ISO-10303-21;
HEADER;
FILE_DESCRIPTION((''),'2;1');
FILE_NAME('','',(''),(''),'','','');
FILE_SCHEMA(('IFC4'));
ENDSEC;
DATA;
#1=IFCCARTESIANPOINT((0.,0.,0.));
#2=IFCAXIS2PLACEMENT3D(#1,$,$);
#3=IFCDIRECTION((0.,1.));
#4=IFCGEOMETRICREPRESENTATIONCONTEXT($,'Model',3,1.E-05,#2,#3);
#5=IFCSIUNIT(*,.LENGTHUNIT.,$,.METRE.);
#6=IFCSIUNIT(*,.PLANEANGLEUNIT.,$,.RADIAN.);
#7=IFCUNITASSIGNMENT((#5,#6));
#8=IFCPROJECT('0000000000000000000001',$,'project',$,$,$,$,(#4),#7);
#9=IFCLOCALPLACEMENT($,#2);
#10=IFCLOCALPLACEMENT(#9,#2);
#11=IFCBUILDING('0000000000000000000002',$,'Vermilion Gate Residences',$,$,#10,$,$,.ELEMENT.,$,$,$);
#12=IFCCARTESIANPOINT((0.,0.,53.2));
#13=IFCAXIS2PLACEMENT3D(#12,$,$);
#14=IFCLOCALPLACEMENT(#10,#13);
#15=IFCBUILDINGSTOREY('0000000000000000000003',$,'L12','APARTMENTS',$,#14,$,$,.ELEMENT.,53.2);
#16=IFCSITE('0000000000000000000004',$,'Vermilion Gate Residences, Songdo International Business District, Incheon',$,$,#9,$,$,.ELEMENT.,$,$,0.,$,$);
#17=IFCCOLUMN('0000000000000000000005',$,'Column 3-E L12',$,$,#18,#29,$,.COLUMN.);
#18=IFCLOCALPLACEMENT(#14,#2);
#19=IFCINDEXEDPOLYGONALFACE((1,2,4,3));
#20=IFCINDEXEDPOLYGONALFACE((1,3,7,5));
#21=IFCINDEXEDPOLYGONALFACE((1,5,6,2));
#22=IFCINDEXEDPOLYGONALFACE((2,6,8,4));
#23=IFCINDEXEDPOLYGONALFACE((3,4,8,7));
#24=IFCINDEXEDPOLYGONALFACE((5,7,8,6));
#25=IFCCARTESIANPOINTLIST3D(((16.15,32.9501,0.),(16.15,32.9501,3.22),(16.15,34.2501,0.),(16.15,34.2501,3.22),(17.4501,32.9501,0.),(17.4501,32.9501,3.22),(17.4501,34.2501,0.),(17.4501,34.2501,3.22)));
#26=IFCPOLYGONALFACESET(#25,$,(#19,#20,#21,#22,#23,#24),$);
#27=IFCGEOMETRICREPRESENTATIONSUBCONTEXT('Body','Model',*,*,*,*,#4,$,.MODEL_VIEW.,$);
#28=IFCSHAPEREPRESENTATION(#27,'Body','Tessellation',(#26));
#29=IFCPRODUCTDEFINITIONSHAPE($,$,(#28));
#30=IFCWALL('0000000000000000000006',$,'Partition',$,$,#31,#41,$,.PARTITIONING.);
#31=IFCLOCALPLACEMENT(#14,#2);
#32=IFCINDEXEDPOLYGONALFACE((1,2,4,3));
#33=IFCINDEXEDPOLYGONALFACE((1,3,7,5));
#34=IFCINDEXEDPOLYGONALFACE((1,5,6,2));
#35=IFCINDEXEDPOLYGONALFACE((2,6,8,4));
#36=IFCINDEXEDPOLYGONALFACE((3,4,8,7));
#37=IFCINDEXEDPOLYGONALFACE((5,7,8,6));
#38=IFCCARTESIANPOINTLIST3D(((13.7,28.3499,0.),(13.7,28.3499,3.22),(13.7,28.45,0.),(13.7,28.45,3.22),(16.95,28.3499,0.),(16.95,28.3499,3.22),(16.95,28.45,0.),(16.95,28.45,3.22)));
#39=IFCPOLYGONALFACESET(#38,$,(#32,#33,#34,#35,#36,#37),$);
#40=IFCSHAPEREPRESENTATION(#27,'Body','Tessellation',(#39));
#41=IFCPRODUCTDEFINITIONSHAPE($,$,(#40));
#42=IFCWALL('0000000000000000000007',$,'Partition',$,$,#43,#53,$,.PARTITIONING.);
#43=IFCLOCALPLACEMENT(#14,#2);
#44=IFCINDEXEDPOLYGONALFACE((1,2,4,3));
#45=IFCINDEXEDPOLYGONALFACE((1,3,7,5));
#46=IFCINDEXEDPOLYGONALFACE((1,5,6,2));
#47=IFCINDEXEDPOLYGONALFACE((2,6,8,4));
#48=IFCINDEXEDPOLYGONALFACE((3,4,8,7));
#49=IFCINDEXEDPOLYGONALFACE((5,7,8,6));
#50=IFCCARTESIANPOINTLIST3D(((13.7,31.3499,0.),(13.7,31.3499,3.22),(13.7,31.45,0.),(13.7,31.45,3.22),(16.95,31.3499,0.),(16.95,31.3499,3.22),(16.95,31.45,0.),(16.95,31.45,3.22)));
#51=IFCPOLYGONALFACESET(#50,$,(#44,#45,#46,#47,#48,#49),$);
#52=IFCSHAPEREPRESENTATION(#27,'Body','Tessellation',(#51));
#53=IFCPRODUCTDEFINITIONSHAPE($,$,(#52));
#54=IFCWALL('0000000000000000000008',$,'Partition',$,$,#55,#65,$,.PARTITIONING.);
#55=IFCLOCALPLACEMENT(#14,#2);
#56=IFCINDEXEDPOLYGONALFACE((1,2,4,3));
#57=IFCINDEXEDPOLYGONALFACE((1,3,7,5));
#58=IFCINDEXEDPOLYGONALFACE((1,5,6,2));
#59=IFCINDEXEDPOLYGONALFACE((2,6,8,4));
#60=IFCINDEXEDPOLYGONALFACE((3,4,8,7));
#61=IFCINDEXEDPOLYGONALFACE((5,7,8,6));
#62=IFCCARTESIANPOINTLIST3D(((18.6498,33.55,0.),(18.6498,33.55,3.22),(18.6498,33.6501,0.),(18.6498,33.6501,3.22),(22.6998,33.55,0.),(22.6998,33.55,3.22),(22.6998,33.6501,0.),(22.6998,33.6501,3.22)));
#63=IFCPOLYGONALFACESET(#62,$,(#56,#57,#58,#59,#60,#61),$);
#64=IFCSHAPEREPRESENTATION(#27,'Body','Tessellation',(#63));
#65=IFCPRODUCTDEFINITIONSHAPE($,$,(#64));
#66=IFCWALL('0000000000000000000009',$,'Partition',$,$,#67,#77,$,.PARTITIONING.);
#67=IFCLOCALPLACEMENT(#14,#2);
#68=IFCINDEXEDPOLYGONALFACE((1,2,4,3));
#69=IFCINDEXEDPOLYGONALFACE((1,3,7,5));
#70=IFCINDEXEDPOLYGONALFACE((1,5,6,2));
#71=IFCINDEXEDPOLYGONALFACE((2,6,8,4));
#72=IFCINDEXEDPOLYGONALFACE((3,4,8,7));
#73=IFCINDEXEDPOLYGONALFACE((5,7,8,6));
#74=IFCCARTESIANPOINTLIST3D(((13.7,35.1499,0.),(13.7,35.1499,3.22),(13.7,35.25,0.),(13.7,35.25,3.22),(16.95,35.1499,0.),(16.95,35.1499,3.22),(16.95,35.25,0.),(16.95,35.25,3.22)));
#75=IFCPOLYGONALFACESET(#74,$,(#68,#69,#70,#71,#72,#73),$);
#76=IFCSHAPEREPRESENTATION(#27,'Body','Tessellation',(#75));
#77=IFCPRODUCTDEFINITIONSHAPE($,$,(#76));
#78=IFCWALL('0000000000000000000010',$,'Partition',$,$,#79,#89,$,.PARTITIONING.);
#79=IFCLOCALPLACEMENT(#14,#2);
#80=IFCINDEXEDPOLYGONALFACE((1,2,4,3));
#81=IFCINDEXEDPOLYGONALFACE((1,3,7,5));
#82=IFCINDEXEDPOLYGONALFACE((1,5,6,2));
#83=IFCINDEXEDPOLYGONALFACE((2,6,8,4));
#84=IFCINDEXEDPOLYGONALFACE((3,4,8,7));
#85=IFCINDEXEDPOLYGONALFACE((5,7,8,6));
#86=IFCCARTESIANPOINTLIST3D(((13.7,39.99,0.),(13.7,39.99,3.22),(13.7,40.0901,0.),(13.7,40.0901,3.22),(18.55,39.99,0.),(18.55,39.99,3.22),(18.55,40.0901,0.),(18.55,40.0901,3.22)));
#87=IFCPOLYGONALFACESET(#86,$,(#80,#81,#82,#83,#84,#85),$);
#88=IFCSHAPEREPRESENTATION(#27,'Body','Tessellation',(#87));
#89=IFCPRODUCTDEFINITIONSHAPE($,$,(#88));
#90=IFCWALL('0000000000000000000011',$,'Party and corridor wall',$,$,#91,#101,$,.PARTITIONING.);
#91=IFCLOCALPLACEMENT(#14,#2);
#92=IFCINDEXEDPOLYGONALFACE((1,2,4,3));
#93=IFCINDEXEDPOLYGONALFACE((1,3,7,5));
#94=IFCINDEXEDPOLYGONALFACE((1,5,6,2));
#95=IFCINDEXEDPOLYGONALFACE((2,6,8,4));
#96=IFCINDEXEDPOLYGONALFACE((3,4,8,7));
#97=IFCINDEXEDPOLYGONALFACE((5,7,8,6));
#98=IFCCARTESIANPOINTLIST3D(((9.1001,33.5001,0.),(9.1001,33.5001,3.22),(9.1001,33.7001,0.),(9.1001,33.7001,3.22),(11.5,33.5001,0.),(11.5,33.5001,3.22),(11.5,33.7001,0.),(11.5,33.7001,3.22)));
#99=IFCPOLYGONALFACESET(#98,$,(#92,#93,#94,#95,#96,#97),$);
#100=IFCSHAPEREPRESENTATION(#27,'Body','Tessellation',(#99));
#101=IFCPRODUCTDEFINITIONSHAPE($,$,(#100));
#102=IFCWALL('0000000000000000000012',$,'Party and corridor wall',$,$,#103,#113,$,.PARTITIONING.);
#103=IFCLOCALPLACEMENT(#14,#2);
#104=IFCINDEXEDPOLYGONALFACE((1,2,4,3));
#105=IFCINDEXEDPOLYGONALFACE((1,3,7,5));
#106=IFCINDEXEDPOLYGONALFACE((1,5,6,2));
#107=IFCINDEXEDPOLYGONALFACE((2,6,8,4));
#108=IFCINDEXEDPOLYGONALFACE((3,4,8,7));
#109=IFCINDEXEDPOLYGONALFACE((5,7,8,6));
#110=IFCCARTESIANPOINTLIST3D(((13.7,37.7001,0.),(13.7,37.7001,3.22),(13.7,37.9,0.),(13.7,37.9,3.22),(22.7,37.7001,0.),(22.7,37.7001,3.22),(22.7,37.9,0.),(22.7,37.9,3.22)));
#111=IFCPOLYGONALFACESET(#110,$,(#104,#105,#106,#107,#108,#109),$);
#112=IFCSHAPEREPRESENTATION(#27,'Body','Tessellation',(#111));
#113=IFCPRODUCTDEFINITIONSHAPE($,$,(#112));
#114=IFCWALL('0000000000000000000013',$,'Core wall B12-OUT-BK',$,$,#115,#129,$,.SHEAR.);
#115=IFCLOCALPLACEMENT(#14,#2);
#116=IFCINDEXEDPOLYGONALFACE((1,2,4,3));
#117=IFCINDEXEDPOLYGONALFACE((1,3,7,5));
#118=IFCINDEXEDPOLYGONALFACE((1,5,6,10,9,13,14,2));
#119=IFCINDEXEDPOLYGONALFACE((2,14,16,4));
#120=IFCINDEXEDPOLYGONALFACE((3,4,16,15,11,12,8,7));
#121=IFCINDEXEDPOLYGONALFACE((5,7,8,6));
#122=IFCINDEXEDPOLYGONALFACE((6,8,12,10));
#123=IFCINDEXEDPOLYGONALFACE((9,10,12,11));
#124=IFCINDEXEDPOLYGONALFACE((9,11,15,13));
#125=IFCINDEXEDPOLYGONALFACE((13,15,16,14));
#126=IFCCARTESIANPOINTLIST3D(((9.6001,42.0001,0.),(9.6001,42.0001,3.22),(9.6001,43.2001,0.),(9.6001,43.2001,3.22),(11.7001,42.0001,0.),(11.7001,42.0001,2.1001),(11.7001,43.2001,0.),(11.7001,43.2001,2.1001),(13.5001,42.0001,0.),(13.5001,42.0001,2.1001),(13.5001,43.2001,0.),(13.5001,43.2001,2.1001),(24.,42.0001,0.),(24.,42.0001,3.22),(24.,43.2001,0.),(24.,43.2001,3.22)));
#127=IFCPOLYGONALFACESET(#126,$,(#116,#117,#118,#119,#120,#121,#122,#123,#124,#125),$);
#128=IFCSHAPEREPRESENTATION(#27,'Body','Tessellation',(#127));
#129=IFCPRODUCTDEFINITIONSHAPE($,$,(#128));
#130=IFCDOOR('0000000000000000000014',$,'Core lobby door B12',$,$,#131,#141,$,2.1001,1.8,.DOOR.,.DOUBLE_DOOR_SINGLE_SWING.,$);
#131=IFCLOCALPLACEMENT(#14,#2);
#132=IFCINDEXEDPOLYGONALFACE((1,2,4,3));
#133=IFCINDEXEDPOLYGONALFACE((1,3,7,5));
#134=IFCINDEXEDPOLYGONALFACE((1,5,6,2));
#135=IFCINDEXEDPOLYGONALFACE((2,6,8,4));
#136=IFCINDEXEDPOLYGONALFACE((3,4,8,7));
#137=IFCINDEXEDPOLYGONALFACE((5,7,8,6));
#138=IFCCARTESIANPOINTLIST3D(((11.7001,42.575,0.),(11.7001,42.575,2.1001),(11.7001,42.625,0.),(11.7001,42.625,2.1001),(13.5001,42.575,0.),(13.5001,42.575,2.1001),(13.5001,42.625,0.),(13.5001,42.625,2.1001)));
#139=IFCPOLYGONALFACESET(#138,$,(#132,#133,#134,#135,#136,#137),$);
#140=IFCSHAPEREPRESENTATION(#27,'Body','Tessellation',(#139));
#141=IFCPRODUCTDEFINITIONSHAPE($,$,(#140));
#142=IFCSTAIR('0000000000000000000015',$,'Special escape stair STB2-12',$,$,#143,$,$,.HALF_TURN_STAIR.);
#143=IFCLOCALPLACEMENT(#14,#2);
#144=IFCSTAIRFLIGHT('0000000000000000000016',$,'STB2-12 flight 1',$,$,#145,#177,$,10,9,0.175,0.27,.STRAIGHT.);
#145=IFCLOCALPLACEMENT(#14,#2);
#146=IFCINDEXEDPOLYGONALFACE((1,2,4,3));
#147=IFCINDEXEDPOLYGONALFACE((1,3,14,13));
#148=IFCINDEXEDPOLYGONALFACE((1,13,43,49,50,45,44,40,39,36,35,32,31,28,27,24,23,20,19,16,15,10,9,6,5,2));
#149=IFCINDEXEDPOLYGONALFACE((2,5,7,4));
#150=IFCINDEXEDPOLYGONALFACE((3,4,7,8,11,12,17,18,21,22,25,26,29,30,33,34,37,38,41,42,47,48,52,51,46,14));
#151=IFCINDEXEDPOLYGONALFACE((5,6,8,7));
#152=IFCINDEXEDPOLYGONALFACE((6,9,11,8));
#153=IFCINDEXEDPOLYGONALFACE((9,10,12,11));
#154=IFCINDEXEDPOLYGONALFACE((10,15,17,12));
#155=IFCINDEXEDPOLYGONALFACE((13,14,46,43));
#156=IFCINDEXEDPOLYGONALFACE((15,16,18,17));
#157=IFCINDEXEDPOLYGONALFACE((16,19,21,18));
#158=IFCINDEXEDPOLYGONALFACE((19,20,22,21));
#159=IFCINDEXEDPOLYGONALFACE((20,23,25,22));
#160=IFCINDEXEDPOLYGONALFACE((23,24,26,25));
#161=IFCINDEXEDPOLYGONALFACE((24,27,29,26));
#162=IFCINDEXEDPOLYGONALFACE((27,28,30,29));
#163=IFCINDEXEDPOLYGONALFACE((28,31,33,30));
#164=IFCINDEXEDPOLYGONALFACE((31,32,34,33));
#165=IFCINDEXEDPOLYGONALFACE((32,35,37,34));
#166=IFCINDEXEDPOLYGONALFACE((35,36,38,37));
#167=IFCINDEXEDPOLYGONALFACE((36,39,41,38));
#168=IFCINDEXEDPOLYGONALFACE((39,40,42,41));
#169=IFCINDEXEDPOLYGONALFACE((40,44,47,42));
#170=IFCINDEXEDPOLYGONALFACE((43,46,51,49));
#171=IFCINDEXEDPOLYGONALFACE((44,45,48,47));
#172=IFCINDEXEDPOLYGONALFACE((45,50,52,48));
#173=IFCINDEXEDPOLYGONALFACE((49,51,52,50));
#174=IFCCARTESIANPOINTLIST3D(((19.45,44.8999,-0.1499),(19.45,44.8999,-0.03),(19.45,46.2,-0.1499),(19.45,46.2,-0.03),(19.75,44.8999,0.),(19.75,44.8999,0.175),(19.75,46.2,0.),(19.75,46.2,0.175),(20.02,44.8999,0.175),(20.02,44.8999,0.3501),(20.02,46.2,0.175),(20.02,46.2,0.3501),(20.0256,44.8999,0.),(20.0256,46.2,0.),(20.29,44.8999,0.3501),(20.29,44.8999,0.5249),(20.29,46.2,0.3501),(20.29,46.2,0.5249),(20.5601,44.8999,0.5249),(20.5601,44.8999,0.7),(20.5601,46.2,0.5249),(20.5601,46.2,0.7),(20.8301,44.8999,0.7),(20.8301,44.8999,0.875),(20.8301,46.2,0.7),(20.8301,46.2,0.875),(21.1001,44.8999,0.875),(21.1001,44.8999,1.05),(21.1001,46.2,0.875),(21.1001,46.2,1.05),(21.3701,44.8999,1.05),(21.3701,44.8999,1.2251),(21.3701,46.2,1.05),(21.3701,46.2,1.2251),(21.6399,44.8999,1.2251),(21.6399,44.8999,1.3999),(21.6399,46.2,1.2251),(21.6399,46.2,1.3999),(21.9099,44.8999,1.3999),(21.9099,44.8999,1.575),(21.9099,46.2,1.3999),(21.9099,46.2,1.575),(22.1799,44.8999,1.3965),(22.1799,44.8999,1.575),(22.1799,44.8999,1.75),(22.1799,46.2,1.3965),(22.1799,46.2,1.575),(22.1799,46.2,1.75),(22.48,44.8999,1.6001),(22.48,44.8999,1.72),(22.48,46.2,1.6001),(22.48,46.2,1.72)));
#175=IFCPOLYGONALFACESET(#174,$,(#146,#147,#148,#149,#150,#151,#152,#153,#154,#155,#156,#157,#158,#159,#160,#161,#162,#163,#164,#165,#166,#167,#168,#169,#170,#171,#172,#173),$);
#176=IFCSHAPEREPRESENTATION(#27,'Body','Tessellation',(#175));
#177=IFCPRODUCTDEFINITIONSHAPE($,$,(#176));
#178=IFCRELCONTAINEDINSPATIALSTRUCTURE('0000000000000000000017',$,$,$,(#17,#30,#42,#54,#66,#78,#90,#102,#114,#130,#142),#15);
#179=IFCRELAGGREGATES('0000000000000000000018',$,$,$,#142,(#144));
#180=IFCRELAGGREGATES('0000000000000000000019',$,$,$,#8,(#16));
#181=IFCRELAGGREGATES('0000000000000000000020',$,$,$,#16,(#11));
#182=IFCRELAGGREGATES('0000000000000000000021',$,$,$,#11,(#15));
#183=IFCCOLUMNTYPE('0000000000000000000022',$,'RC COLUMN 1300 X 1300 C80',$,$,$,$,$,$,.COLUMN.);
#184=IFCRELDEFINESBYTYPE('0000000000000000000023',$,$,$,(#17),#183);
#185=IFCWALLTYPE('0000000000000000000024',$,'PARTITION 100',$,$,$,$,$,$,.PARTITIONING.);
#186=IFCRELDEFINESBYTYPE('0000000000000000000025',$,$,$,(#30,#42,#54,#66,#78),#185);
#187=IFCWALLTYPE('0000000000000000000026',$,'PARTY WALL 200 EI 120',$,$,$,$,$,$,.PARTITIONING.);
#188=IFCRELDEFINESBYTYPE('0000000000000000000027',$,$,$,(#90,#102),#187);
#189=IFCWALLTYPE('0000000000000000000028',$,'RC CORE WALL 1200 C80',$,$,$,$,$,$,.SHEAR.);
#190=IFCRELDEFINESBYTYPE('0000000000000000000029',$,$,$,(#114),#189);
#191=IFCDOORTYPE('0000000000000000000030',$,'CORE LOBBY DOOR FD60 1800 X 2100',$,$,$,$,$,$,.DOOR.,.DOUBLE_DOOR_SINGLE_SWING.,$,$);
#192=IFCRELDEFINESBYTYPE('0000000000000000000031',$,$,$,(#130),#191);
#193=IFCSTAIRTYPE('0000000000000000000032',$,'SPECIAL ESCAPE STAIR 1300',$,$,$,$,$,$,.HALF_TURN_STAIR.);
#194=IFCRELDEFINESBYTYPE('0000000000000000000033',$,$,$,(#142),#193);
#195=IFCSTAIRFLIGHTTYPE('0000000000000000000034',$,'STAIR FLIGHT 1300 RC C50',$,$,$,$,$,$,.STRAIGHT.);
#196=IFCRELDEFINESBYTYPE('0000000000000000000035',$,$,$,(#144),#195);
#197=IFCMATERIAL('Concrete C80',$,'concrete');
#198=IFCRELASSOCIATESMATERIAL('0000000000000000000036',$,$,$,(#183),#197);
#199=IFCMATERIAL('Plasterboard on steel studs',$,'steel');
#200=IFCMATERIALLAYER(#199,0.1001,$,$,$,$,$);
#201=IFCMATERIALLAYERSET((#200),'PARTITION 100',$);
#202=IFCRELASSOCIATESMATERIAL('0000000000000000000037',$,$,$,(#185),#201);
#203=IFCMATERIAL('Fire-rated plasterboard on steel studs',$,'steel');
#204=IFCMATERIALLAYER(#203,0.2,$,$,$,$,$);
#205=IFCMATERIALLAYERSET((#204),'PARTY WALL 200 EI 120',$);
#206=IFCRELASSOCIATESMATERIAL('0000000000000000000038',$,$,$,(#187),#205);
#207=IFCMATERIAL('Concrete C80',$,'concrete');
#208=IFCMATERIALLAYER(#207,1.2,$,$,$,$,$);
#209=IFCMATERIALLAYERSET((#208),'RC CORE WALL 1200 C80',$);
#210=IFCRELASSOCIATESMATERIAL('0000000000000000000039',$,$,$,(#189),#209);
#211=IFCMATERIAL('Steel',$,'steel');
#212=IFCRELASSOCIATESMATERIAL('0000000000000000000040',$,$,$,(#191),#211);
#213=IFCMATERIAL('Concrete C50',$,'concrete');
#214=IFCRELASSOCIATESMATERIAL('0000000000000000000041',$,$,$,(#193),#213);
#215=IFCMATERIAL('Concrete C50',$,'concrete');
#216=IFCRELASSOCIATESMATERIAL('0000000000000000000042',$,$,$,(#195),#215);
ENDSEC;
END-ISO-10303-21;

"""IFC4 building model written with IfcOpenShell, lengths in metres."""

from ifc_helpers import new_model, si_unit, direction, frame, frame_2d, origin, origin_2d, place, context, subcontext, project, spatial, polyline, rectangle, outline, extrude, material, layer, layer_set, material_profile, profile_set, type_object, element, fill, aggregate, save


model = new_model("IFC4")

# Units and contexts
model_context = context("Model", 3, precision=1e-05, world=origin(), true_north=direction((0.0, 1.0)))
body_context = subcontext(model_context, "Body", "Model", "MODEL_VIEW")
ifc_project = project(units=[si_unit("LENGTHUNIT", "METRE"), si_unit("PLANEANGLEUNIT", "RADIAN")], contexts=[model_context])

# Site, building, storey
site_placement = place(None, origin())
site = spatial("IfcSite", under=ifc_project, at=site_placement, Name="Vermilion Gate Residences, Songdo International Business District, Incheon", CompositionType="ELEMENT", RefElevation=0.0)
building_placement = place(site_placement, origin())
building = spatial("IfcBuilding", under=site, at=building_placement, Name="Vermilion Gate Residences", CompositionType="ELEMENT")
storey_placement = place(building_placement, frame((0.0, 0.0, 53.2)))
storey = spatial("IfcBuildingStorey", under=building, at=storey_placement, Name="L12", Description="APARTMENTS", CompositionType="ELEMENT", Elevation=53.2)

# Column
ifc_material_1 = material(Name="Concrete C80", Category="concrete")
ifc_material_profile = material_profile(ifc_material_1, rectangle(XDim=1.3, YDim=1.3, at=origin_2d()), Name="RC-1300x1300")
ifc_profile_set = profile_set([ifc_material_profile], Name="Concrete C80")
column_type = type_object("IfcColumnType", Name="RC COLUMN 1300 X 1300 C80", PredefinedType="COLUMN", material=ifc_profile_set)
column_placement = place(storey_placement, frame((16.8, 33.6001, 0.0), z_axis=(0.0, 0.0, 1.0), x_axis=(1.0, 0.0, 0.0)))
element("IfcColumn", 1, at=column_placement, inside=storey, type_object=column_type, Name="Column 3-E L12", PredefinedType="COLUMN", context=body_context, shape_type="SweptSolid", body=[
    extrude(rectangle(XDim=1.3, YDim=1.3, at=origin_2d()), origin(), (0.0, 0.0, 1.0), 3.22),
])

# Walls
ifc_material_2 = material(Name="Plasterboard on steel studs", Category="steel")
ifc_layer_1 = layer(ifc_material_2, 0.1001)
ifc_layer_set_1 = layer_set([ifc_layer_1], Name="PARTITION 100")
wall_type_1 = type_object("IfcWallType", Name="PARTITION 100", PredefinedType="PARTITIONING", material=ifc_layer_set_1)
for number, where, z_axis, x_axis, name in (
    (2, (13.7, 28.3999, 0.0), (0.0, 0.0, 1.0), (1.0, 0.0, 0.0), "Partition"),
    (3, (13.7, 31.3999, 0.0), (0.0, 0.0, 1.0), (1.0, 0.0, 0.0), "Partition"),
):
    element("IfcWall", number, at=place(storey_placement, frame(where, z_axis=z_axis, x_axis=x_axis)), inside=storey, type_object=wall_type_1, Name=name, PredefinedType="PARTITIONING", context=body_context, shape_type="SweptSolid", body=[
        extrude(rectangle(XDim=3.25, YDim=0.1001, at=frame_2d((1.625, 0.0))), origin(), (0.0, 0.0, 1.0), 3.22),
    ])
wall_1_placement = place(storey_placement, frame((18.6499, 33.6001, 0.0), z_axis=(0.0, 0.0, 1.0), x_axis=(1.0, 0.0, 0.0)))
element("IfcWall", 4, at=wall_1_placement, inside=storey, type_object=wall_type_1, Name="Partition", PredefinedType="PARTITIONING", context=body_context, shape_type="SweptSolid", body=[
    extrude(rectangle(XDim=4.05, YDim=0.1001, at=frame_2d((2.0249, 0.0))), origin(), (0.0, 0.0, 1.0), 3.22),
])
wall_2_placement = place(storey_placement, frame((13.7, 35.2, 0.0), z_axis=(0.0, 0.0, 1.0), x_axis=(1.0, 0.0, 0.0)))
element("IfcWall", 5, at=wall_2_placement, inside=storey, type_object=wall_type_1, Name="Partition", PredefinedType="PARTITIONING", context=body_context, shape_type="SweptSolid", body=[
    extrude(rectangle(XDim=3.25, YDim=0.1001, at=frame_2d((1.625, 0.0))), origin(), (0.0, 0.0, 1.0), 3.22),
])
wall_3_placement = place(storey_placement, frame((13.7, 40.04, 0.0), z_axis=(0.0, 0.0, 1.0), x_axis=(1.0, 0.0, 0.0)))
element("IfcWall", 6, at=wall_3_placement, inside=storey, type_object=wall_type_1, Name="Partition", PredefinedType="PARTITIONING", context=body_context, shape_type="SweptSolid", body=[
    extrude(rectangle(XDim=4.8501, YDim=0.1001, at=frame_2d((2.425, 0.0))), origin(), (0.0, 0.0, 1.0), 3.22),
])
ifc_material_3 = material(Name="Fire-rated plasterboard on steel studs", Category="steel")
ifc_layer_2 = layer(ifc_material_3, 0.2)
ifc_layer_set_2 = layer_set([ifc_layer_2], Name="PARTY WALL 200 EI 120")
wall_type_2 = type_object("IfcWallType", Name="PARTY WALL 200 EI 120", PredefinedType="PARTITIONING", material=ifc_layer_set_2)
wall_4_placement = place(storey_placement, frame((9.1001, 33.6001, 0.0), z_axis=(0.0, 0.0, 1.0), x_axis=(1.0, 0.0, 0.0)))
element("IfcWall", 7, at=wall_4_placement, inside=storey, type_object=wall_type_2, Name="Party and corridor wall", PredefinedType="PARTITIONING", context=body_context, shape_type="SweptSolid", body=[
    extrude(rectangle(XDim=2.3999, YDim=0.2, at=frame_2d((1.2, 0.0))), origin(), (0.0, 0.0, 1.0), 3.22),
])
wall_5_placement = place(storey_placement, frame((13.7, 37.8, 0.0), z_axis=(0.0, 0.0, 1.0), x_axis=(1.0, 0.0, 0.0)))
element("IfcWall", 8, at=wall_5_placement, inside=storey, type_object=wall_type_2, Name="Party and corridor wall", PredefinedType="PARTITIONING", context=body_context, shape_type="SweptSolid", body=[
    extrude(rectangle(XDim=9.0, YDim=0.2, at=frame_2d((4.5, 0.0))), origin(), (0.0, 0.0, 1.0), 3.22),
])

# Wall, opening, door
ifc_material_4 = material(Name="Concrete C80", Category="concrete")
ifc_layer_3 = layer(ifc_material_4, 1.2)
ifc_layer_set_3 = layer_set([ifc_layer_3], Name="RC CORE WALL 1200 C80")
wall_type_3 = type_object("IfcWallType", Name="RC CORE WALL 1200 C80", PredefinedType="SHEAR", material=ifc_layer_set_3)
wall_6_placement = place(storey_placement, frame((9.6001, 42.6001, 0.0), z_axis=(0.0, 0.0, 1.0), x_axis=(1.0, 0.0, 0.0)))
wall_6 = element("IfcWall", 9, at=wall_6_placement, inside=storey, type_object=wall_type_3, Name="Core wall B12-OUT-BK", PredefinedType="SHEAR", context=body_context, shape_type="SweptSolid", body=[
    extrude(rectangle(XDim=14.3999, YDim=1.2, at=frame_2d((7.2, 0.0))), origin(), (0.0, 0.0, 1.0), 3.22),
])
opening_placement = place(wall_6_placement, frame((2.1001, 0.0, 0.0)))
opening = element("IfcOpeningElement", 10, at=opening_placement, cuts=wall_6, PredefinedType="OPENING", context=body_context, shape_type="SweptSolid", body=[
    extrude(rectangle(XDim=1.8, YDim=2.1001, at=frame_2d((0.8999, 1.05))), frame((0.0, 0.6099, 0.0), z_axis=(0.0, -1.0, 0.0), x_axis=(1.0, 0.0, 0.0)), (0.0, 0.0, 1.0), 1.22),
])
ifc_material_5 = material(Name="Steel", Category="steel")
door_type = type_object("IfcDoorType", Name="CORE LOBBY DOOR FD60 1800 X 2100", OperationType="DOUBLE_DOOR_SINGLE_SWING", PredefinedType="DOOR", material=ifc_material_5)
door_placement = place(opening_placement, origin())
door = element("IfcDoor", 11, at=door_placement, inside=storey, type_object=door_type, Name="Core lobby door B12", OperationType="DOUBLE_DOOR_SINGLE_SWING", OverallHeight=2.1001, OverallWidth=1.8, PredefinedType="DOOR", context=body_context, shape_type="SweptSolid", body=[
    extrude(rectangle(XDim=1.8, YDim=2.1001, at=frame_2d((0.8999, 1.05))), frame((0.0, 0.0249, 0.0), z_axis=(0.0, -1.0, 0.0), x_axis=(1.0, 0.0, 0.0)), (0.0, 0.0, 1.0), 0.05),
])
fill(opening, door)

# Stair, stair flight
ifc_material_6 = material(Name="Concrete C50", Category="concrete")
stair_type = type_object("IfcStairType", Name="SPECIAL ESCAPE STAIR 1300", PredefinedType="HALF_TURN_STAIR", material=ifc_material_6)
stair_placement = place(storey_placement, origin())
stair = element("IfcStair", 12, at=stair_placement, inside=storey, type_object=stair_type, Name="Special escape stair STB2-12", PredefinedType="HALF_TURN_STAIR")
ifc_material_7 = material(Name="Concrete C50", Category="concrete")
stair_flight_type = type_object("IfcStairFlightType", Name="STAIR FLIGHT 1300 RC C50", PredefinedType="STRAIGHT", material=ifc_material_7)
stair_flight_placement = place(storey_placement, frame((19.75, 45.55, 0.0), z_axis=(0.0, 0.0, 1.0), x_axis=(1.0, 0.0, 0.0)))
stair_flight = element("IfcStairFlight", 13, at=stair_flight_placement, type_object=stair_flight_type, Name="STB2-12 flight 1", NumberOfRisers=10, NumberOfTreads=9, PredefinedType="STRAIGHT", RiserHeight=0.175, TreadLength=0.27, context=body_context, shape_type="SweptSolid", body=[
    extrude(outline(polyline([(-0.3, -0.1499), (-0.3, -0.03), (0.0, 0.0), (0.0, 0.175), (0.27, 0.175), (0.27, 0.3501), (0.54, 0.3501), (0.54, 0.5249), (0.8101, 0.5249), (0.8101, 0.7), (1.0801, 0.7), (1.0801, 0.875), (1.3501, 0.875), (1.3501, 1.05), (1.6201, 1.05), (1.6201, 1.2251), (1.8899, 1.2251), (1.8899, 1.3999), (2.1599, 1.3999), (2.1599, 1.575), (2.4299, 1.575), (2.4299, 1.75), (2.73, 1.72), (2.73, 1.6001), (2.4299, 1.3965), (0.2756, 0.0), (-0.3, -0.1499)])), frame((0.0, 0.6499, 0.0), z_axis=(0.0, -1.0, 0.0), x_axis=(1.0, 0.0, 0.0)), (0.0, 0.0, 1.0), 1.3),
])
aggregate(stair, [stair_flight])

save(model, "model.ifc")
